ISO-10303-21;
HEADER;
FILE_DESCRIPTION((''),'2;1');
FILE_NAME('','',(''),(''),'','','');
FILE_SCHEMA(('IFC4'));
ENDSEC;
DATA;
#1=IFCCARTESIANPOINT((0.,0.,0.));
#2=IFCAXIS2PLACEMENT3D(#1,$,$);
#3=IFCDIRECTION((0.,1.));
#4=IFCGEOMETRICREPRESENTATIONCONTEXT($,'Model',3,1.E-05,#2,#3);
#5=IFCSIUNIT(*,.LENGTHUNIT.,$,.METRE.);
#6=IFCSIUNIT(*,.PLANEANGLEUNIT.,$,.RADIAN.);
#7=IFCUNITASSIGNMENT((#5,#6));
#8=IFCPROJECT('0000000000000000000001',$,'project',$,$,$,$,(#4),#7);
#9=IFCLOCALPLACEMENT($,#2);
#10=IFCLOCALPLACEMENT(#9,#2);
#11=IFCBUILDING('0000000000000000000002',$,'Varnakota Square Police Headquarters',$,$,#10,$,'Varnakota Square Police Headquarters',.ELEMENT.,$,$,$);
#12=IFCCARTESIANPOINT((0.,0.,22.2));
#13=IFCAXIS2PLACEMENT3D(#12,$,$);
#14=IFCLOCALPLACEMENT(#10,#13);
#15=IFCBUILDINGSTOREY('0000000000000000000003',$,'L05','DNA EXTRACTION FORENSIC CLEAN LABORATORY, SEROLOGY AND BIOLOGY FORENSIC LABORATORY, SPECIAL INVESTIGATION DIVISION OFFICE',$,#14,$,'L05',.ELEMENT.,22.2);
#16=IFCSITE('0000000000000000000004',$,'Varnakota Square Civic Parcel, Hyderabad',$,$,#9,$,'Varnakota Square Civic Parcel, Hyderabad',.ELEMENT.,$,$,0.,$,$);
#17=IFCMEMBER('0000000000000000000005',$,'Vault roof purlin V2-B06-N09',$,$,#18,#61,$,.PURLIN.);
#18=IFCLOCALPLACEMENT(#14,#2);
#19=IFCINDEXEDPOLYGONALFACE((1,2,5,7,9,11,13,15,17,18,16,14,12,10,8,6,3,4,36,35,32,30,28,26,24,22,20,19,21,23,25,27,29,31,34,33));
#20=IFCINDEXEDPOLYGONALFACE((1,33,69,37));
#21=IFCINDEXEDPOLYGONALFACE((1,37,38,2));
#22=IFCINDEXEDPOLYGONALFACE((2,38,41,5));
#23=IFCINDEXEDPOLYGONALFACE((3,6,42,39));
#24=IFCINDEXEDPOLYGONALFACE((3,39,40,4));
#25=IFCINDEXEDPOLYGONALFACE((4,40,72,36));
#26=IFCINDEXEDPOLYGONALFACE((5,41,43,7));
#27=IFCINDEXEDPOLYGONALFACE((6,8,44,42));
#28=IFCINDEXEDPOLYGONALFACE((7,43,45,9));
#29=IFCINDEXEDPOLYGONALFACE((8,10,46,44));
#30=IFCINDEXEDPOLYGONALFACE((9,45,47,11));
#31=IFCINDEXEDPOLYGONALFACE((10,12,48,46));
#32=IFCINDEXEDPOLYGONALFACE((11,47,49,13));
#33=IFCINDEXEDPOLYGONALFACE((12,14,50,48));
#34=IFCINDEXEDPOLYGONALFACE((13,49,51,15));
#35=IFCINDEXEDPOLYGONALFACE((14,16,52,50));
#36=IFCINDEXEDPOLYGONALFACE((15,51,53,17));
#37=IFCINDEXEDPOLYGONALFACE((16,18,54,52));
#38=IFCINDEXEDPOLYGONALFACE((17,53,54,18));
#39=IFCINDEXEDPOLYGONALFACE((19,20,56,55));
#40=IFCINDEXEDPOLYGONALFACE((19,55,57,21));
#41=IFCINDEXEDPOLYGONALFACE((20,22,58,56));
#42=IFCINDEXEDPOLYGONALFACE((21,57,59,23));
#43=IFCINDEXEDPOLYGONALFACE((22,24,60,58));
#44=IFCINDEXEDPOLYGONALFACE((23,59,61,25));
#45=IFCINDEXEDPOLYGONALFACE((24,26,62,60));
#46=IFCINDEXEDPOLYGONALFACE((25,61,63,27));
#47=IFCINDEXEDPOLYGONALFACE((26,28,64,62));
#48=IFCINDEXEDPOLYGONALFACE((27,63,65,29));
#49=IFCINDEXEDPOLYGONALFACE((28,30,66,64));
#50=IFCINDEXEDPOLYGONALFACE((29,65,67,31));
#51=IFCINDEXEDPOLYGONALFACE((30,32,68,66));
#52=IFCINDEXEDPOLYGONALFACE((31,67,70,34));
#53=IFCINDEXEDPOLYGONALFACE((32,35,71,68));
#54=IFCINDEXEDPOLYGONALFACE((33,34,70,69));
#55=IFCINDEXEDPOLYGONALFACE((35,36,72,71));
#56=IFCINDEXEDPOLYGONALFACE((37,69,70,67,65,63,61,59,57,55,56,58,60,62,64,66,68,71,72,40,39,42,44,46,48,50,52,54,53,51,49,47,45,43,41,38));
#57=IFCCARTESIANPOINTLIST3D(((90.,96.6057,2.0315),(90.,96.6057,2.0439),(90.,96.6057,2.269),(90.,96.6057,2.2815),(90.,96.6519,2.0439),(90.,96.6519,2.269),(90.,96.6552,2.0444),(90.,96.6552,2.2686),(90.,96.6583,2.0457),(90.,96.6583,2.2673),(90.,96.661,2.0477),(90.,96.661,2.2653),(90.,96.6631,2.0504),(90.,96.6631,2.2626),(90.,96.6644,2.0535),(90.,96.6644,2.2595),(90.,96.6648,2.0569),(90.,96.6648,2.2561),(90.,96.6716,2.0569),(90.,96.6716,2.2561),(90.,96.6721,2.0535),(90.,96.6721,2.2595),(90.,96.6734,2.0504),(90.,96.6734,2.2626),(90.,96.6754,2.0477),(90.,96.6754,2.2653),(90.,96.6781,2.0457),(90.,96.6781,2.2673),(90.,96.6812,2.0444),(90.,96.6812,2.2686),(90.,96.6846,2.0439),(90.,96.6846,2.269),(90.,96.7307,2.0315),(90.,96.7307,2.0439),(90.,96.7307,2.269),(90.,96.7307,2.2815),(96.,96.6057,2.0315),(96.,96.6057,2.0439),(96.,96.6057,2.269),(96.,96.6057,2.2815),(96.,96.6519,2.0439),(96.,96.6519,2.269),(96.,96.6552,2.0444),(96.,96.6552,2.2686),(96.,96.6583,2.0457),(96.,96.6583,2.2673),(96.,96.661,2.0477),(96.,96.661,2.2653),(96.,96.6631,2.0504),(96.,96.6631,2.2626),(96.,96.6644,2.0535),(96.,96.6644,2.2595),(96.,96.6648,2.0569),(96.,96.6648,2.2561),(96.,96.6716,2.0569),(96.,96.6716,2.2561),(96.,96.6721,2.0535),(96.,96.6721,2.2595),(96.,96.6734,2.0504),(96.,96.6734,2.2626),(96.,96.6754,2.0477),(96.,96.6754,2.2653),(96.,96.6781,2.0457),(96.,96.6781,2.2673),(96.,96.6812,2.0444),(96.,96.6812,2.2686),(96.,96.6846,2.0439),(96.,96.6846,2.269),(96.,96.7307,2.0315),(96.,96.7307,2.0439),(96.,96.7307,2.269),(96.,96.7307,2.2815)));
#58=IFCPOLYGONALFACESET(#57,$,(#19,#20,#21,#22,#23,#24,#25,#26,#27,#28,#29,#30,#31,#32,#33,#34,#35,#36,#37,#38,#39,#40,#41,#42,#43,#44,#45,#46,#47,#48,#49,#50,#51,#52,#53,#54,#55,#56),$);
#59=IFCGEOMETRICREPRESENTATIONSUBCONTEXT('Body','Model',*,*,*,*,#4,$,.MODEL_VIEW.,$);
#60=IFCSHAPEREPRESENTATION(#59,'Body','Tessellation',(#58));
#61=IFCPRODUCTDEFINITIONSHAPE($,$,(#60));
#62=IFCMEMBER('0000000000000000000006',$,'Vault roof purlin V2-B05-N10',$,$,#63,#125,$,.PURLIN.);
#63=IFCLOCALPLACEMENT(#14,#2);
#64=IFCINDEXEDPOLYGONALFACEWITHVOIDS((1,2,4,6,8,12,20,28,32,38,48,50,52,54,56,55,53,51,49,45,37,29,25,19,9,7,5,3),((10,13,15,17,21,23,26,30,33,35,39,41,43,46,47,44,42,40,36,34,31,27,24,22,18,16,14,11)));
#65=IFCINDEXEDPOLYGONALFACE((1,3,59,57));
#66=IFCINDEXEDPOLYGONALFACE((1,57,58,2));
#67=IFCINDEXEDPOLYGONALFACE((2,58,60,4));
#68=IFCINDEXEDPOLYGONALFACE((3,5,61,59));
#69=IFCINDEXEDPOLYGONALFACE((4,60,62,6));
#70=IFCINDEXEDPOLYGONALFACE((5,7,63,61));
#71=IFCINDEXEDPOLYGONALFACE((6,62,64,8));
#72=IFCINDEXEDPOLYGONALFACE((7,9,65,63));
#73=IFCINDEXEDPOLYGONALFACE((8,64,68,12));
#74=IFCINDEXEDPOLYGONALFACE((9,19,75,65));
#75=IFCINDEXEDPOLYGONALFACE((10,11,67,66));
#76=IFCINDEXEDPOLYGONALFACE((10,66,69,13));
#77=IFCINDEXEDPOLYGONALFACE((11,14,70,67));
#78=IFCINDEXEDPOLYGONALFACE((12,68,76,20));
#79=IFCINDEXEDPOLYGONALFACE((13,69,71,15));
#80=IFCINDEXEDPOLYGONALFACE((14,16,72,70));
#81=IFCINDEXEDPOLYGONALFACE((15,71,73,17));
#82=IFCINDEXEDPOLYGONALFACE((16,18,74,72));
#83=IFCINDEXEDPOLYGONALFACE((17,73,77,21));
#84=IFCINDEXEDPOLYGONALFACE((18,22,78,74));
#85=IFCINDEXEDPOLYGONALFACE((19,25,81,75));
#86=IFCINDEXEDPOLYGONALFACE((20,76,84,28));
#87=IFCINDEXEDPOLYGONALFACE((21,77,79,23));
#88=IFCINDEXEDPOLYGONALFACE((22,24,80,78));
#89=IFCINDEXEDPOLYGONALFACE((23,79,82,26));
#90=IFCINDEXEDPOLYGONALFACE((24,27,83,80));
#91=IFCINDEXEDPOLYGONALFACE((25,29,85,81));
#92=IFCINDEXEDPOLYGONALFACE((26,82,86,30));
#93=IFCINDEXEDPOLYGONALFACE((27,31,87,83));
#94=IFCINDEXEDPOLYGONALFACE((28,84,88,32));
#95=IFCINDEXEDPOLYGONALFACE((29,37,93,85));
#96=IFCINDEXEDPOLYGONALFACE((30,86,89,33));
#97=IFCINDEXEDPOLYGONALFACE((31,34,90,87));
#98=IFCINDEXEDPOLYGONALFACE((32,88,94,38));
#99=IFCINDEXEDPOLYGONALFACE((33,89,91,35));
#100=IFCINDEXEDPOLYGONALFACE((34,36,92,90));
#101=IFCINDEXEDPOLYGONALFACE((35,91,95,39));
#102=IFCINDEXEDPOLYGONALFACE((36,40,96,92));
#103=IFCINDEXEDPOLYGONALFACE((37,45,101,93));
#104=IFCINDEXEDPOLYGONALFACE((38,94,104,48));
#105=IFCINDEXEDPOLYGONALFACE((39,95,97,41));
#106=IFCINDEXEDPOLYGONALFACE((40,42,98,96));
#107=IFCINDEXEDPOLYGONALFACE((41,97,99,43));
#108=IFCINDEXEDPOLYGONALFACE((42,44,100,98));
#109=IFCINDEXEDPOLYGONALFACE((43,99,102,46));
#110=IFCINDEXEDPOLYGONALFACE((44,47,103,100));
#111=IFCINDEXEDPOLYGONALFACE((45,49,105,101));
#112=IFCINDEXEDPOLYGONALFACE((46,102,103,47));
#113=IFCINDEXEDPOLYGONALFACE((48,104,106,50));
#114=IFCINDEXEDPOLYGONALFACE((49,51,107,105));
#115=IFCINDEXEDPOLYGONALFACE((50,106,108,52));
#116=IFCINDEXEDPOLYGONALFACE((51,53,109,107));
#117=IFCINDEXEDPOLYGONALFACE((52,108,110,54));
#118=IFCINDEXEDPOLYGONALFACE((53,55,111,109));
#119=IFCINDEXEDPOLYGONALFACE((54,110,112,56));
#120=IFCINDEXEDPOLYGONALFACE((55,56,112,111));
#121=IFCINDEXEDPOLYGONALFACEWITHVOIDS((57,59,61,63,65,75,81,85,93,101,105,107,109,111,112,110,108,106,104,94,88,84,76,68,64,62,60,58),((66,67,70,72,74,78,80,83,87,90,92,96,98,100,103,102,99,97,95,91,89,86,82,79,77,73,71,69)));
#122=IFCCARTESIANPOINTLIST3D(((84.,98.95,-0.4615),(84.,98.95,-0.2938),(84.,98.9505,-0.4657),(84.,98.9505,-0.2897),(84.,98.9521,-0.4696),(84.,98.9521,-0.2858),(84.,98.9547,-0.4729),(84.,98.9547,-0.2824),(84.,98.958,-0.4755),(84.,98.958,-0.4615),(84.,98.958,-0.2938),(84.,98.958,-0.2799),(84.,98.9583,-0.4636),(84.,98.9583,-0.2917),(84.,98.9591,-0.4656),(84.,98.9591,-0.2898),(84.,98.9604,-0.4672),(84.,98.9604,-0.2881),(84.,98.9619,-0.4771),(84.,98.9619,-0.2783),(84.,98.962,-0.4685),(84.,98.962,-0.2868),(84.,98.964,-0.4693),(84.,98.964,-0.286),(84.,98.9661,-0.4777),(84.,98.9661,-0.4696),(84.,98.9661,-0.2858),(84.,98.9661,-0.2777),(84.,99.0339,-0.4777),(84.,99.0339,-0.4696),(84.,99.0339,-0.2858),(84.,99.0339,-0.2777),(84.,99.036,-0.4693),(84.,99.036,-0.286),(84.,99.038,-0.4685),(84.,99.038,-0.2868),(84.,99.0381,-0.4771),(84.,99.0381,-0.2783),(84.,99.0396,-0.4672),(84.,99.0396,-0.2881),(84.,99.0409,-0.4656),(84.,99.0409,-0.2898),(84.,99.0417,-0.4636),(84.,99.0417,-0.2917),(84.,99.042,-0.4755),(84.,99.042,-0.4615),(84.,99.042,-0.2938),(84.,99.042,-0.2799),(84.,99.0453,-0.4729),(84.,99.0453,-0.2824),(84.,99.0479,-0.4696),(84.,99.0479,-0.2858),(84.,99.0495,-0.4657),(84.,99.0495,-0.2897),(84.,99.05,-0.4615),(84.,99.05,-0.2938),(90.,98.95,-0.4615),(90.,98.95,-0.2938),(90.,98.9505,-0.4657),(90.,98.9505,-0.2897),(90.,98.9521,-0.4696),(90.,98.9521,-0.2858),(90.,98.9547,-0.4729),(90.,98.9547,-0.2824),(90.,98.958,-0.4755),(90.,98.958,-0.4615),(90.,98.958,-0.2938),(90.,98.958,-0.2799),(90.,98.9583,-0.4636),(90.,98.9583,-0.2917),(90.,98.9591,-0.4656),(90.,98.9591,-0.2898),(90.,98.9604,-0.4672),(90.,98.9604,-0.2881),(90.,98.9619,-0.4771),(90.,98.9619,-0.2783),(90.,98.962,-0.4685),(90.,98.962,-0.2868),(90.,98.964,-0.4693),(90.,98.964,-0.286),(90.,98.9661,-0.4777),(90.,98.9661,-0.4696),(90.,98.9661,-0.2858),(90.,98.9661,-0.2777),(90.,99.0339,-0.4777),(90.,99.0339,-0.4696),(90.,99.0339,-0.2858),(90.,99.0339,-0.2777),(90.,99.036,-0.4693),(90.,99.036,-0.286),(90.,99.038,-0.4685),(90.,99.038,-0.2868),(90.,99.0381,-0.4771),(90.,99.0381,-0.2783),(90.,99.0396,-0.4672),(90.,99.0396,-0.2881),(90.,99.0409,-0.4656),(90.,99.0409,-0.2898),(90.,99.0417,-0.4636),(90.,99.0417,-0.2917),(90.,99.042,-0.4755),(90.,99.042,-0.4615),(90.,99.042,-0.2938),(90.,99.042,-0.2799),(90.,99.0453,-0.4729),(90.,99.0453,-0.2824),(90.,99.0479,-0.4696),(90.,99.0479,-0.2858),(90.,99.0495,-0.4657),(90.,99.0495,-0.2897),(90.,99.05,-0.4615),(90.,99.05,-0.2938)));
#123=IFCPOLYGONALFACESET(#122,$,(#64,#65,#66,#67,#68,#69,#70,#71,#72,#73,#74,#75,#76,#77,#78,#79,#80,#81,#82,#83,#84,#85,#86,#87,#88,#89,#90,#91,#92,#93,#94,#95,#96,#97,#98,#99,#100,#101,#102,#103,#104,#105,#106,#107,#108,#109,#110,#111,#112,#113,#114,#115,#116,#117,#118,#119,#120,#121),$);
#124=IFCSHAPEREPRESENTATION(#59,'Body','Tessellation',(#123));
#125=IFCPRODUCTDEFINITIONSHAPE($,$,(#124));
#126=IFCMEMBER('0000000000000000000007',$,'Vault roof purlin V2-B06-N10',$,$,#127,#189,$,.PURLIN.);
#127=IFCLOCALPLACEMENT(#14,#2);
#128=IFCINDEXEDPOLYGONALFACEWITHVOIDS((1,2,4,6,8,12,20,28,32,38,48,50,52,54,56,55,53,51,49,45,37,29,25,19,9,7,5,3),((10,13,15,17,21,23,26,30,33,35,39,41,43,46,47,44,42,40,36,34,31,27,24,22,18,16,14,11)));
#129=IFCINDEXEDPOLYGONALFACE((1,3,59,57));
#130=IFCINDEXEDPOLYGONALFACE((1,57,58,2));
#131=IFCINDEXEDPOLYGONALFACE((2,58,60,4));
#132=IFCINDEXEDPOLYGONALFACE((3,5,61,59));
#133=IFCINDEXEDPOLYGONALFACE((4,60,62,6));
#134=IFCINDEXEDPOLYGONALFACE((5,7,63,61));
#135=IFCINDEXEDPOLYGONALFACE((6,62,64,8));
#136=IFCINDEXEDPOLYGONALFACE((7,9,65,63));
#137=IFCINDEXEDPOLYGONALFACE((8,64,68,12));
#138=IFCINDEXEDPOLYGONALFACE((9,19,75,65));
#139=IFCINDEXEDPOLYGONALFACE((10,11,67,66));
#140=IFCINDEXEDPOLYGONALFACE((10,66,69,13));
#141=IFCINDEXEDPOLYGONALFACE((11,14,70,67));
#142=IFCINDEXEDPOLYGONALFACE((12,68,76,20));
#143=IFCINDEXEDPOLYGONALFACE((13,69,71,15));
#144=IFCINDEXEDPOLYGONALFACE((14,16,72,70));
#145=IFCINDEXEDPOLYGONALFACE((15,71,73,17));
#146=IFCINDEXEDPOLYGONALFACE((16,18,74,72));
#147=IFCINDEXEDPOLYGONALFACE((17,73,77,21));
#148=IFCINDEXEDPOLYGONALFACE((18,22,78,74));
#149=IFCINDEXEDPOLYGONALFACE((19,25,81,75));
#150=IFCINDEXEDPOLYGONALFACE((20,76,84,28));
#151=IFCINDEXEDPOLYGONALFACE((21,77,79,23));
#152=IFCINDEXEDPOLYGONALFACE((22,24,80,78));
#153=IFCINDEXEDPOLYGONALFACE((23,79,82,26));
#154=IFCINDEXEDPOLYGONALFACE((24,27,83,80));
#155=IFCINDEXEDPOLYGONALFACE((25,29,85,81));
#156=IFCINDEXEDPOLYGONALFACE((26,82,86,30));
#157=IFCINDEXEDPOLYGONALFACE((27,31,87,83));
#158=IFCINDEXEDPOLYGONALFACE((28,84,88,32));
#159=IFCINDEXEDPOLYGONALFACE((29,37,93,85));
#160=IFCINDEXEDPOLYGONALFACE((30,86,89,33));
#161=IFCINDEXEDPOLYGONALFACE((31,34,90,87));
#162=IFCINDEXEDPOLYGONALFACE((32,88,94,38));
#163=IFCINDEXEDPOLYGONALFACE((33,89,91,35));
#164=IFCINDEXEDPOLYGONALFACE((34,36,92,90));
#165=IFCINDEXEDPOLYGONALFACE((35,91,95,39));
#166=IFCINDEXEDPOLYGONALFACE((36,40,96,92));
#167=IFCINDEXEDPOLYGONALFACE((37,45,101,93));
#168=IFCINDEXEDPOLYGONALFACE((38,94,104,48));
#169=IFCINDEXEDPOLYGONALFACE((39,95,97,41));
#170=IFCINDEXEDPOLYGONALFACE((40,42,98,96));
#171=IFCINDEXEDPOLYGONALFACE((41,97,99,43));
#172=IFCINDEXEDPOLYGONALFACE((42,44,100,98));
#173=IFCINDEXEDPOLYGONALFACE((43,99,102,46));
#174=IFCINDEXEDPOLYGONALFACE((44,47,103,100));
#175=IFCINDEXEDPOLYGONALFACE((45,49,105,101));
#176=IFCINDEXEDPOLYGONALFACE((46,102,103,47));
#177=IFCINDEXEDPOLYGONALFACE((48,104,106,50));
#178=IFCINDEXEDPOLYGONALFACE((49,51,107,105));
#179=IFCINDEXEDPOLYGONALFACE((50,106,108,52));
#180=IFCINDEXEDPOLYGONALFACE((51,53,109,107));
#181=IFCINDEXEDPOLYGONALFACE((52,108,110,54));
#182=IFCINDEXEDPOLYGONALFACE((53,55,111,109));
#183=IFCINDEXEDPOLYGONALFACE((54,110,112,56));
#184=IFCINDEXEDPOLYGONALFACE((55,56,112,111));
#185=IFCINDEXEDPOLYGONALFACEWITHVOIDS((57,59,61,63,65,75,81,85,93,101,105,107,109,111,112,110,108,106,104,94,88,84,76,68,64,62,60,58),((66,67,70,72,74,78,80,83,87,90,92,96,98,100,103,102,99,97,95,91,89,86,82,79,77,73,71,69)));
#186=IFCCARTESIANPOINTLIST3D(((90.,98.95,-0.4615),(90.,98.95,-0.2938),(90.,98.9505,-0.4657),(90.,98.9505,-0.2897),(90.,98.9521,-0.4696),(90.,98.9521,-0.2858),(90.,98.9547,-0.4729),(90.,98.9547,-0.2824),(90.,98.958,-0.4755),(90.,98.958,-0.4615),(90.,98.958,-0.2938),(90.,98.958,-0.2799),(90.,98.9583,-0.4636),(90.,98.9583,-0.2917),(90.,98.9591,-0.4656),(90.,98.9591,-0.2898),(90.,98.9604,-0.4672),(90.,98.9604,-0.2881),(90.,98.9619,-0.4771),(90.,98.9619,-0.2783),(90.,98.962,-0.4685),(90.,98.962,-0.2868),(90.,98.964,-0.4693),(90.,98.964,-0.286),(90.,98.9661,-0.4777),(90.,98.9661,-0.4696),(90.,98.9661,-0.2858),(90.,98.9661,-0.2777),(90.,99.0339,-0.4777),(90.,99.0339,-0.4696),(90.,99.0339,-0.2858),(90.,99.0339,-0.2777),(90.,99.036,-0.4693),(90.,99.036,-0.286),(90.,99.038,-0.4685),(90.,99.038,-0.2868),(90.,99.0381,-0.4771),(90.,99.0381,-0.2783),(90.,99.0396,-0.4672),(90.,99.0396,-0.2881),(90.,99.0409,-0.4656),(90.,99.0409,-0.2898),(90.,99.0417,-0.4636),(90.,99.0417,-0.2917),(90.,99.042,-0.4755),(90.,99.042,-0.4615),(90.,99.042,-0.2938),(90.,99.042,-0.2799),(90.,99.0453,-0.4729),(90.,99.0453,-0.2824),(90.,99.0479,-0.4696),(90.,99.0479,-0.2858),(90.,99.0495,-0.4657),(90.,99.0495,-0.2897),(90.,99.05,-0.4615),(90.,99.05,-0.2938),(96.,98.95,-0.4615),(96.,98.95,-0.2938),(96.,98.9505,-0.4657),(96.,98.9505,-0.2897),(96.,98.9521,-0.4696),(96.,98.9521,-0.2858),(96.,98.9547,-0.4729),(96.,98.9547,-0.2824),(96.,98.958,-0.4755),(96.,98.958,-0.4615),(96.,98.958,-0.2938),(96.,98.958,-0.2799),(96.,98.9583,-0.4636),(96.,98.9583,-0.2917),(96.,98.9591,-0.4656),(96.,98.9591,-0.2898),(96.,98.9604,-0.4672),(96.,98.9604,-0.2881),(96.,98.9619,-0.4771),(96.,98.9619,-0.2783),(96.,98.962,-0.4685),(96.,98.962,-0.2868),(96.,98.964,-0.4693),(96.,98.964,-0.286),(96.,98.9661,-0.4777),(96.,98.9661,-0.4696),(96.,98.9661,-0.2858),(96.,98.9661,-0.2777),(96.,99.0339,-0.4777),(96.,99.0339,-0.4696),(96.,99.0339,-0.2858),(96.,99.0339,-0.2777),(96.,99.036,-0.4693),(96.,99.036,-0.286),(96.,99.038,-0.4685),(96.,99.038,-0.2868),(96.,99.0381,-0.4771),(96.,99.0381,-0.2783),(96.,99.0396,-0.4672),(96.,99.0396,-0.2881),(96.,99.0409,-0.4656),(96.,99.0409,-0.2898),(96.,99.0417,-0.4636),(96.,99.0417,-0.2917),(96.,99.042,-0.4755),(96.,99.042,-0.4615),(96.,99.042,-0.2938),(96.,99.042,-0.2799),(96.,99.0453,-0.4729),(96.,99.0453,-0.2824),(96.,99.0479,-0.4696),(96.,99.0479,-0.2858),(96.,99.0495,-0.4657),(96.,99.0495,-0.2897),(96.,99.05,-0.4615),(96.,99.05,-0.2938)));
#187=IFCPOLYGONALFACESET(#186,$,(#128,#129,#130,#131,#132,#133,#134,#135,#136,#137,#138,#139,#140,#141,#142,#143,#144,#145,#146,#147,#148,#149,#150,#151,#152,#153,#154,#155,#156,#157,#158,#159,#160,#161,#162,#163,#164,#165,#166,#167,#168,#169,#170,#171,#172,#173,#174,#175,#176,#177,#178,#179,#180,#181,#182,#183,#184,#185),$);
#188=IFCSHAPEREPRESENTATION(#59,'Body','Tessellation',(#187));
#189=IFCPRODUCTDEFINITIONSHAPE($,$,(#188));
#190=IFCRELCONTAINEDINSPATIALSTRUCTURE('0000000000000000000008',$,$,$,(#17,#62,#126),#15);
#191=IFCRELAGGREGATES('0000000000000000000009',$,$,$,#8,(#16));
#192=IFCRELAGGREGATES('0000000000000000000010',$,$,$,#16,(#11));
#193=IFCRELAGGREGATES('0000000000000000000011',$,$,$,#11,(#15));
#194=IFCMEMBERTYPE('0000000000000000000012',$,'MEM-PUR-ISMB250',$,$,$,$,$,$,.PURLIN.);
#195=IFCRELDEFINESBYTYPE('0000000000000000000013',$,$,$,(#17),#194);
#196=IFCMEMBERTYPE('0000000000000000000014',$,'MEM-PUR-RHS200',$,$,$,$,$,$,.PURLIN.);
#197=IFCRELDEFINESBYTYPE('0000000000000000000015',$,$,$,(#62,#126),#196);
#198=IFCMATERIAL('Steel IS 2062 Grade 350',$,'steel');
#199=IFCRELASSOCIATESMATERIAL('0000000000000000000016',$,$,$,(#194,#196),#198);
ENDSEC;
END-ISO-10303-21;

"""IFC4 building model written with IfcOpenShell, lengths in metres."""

from ifc_helpers import new_model, si_unit, direction, frame, origin, origin_2d, place, context, subcontext, project, spatial, hollow_rectangle, i_section, extrude, material, material_profile, profile_set, type_object, element, save


model = new_model("IFC4")

# Units and contexts
model_context = context("Model", 3, precision=1e-05, world=origin(), true_north=direction((0.0, 1.0)))
body_context = subcontext(model_context, "Body", "Model", "MODEL_VIEW")
ifc_project = project(units=[si_unit("LENGTHUNIT", "METRE"), si_unit("PLANEANGLEUNIT", "RADIAN")], contexts=[model_context])

# Site, building, storey
site_placement = place(None, origin())
site = spatial("IfcSite", under=ifc_project, at=site_placement, Name="Varnakota Square Civic Parcel, Hyderabad", LongName="Varnakota Square Civic Parcel, Hyderabad", CompositionType="ELEMENT", RefElevation=0.0)
building_placement = place(site_placement, origin())
building = spatial("IfcBuilding", under=site, at=building_placement, Name="Varnakota Square Police Headquarters", LongName="Varnakota Square Police Headquarters", CompositionType="ELEMENT")
storey_placement = place(building_placement, frame((0.0, 0.0, 22.2)))
storey = spatial("IfcBuildingStorey", under=building, at=storey_placement, Name="L05", Description="DNA EXTRACTION FORENSIC CLEAN LABORATORY, SEROLOGY AND BIOLOGY FORENSIC LABORATORY, SPECIAL INVESTIGATION DIVISION OFFICE", LongName="L05", CompositionType="ELEMENT", Elevation=22.2)

# Shared definitions
ifc_material_1 = material(Name="Steel IS 2062 Grade 350", Category="steel")

# Members
ifc_material_profile_1 = material_profile(ifc_material_1, i_section(OverallWidth=0.125, OverallDepth=0.25, WebThickness=0.0068, FlangeThickness=0.0125, FilletRadius=0.0129, at=origin_2d()), Name="ISMB 250")
ifc_profile_set_1 = profile_set([ifc_material_profile_1], Name="Steel IS 2062 Grade 350")
member_type_1 = type_object("IfcMemberType", Name="MEM-PUR-ISMB250", PredefinedType="PURLIN", material=ifc_profile_set_1)
for number, where, z_axis, x_axis, name in (
    (1, (90.0, 96.6682, 2.1565), (1.0, 0.0, 0.0), (0.0, 1.0, 0.0), "Vault roof purlin V2-B06-N09"),
):
    element("IfcMember", number, at=place(storey_placement, frame(where, z_axis=z_axis, x_axis=x_axis)), inside=storey, type_object=member_type_1, Name=name, PredefinedType="PURLIN", context=body_context, shape_type="SweptSolid", body=[
        extrude(i_section(OverallWidth=0.125, OverallDepth=0.25, WebThickness=0.0068, FlangeThickness=0.0125, FilletRadius=0.0129, at=origin_2d()), origin(), (0.0, 0.0, 1.0), 6.0),
    ])
ifc_material_profile_2 = material_profile(ifc_material_1, hollow_rectangle(XDim=0.1001, YDim=0.2, WallThickness=0.0081, InnerFilletRadius=0.0081, OuterFilletRadius=0.0161, at=origin_2d()), Name="RHS 200x100x8")
ifc_profile_set_2 = profile_set([ifc_material_profile_2], Name="Steel IS 2062 Grade 350")
member_type_2 = type_object("IfcMemberType", Name="MEM-PUR-RHS200", PredefinedType="PURLIN", material=ifc_profile_set_2)
for number, where, z_axis, x_axis, name in (
    (2, (84.0, 99.0, -0.3777), (1.0, 0.0, 0.0), (0.0, 1.0, 0.0), "Vault roof purlin V2-B05-N10"),
    (3, (90.0, 99.0, -0.3777), (1.0, 0.0, 0.0), (0.0, 1.0, 0.0), "Vault roof purlin V2-B06-N10"),
):
    element("IfcMember", number, at=place(storey_placement, frame(where, z_axis=z_axis, x_axis=x_axis)), inside=storey, type_object=member_type_2, Name=name, PredefinedType="PURLIN", context=body_context, shape_type="SweptSolid", body=[
        extrude(hollow_rectangle(XDim=0.1001, YDim=0.2, WallThickness=0.0081, InnerFilletRadius=0.0081, OuterFilletRadius=0.0161, at=origin_2d()), origin(), (0.0, 0.0, 1.0), 6.0),
    ])

save(model, "model.ifc")
